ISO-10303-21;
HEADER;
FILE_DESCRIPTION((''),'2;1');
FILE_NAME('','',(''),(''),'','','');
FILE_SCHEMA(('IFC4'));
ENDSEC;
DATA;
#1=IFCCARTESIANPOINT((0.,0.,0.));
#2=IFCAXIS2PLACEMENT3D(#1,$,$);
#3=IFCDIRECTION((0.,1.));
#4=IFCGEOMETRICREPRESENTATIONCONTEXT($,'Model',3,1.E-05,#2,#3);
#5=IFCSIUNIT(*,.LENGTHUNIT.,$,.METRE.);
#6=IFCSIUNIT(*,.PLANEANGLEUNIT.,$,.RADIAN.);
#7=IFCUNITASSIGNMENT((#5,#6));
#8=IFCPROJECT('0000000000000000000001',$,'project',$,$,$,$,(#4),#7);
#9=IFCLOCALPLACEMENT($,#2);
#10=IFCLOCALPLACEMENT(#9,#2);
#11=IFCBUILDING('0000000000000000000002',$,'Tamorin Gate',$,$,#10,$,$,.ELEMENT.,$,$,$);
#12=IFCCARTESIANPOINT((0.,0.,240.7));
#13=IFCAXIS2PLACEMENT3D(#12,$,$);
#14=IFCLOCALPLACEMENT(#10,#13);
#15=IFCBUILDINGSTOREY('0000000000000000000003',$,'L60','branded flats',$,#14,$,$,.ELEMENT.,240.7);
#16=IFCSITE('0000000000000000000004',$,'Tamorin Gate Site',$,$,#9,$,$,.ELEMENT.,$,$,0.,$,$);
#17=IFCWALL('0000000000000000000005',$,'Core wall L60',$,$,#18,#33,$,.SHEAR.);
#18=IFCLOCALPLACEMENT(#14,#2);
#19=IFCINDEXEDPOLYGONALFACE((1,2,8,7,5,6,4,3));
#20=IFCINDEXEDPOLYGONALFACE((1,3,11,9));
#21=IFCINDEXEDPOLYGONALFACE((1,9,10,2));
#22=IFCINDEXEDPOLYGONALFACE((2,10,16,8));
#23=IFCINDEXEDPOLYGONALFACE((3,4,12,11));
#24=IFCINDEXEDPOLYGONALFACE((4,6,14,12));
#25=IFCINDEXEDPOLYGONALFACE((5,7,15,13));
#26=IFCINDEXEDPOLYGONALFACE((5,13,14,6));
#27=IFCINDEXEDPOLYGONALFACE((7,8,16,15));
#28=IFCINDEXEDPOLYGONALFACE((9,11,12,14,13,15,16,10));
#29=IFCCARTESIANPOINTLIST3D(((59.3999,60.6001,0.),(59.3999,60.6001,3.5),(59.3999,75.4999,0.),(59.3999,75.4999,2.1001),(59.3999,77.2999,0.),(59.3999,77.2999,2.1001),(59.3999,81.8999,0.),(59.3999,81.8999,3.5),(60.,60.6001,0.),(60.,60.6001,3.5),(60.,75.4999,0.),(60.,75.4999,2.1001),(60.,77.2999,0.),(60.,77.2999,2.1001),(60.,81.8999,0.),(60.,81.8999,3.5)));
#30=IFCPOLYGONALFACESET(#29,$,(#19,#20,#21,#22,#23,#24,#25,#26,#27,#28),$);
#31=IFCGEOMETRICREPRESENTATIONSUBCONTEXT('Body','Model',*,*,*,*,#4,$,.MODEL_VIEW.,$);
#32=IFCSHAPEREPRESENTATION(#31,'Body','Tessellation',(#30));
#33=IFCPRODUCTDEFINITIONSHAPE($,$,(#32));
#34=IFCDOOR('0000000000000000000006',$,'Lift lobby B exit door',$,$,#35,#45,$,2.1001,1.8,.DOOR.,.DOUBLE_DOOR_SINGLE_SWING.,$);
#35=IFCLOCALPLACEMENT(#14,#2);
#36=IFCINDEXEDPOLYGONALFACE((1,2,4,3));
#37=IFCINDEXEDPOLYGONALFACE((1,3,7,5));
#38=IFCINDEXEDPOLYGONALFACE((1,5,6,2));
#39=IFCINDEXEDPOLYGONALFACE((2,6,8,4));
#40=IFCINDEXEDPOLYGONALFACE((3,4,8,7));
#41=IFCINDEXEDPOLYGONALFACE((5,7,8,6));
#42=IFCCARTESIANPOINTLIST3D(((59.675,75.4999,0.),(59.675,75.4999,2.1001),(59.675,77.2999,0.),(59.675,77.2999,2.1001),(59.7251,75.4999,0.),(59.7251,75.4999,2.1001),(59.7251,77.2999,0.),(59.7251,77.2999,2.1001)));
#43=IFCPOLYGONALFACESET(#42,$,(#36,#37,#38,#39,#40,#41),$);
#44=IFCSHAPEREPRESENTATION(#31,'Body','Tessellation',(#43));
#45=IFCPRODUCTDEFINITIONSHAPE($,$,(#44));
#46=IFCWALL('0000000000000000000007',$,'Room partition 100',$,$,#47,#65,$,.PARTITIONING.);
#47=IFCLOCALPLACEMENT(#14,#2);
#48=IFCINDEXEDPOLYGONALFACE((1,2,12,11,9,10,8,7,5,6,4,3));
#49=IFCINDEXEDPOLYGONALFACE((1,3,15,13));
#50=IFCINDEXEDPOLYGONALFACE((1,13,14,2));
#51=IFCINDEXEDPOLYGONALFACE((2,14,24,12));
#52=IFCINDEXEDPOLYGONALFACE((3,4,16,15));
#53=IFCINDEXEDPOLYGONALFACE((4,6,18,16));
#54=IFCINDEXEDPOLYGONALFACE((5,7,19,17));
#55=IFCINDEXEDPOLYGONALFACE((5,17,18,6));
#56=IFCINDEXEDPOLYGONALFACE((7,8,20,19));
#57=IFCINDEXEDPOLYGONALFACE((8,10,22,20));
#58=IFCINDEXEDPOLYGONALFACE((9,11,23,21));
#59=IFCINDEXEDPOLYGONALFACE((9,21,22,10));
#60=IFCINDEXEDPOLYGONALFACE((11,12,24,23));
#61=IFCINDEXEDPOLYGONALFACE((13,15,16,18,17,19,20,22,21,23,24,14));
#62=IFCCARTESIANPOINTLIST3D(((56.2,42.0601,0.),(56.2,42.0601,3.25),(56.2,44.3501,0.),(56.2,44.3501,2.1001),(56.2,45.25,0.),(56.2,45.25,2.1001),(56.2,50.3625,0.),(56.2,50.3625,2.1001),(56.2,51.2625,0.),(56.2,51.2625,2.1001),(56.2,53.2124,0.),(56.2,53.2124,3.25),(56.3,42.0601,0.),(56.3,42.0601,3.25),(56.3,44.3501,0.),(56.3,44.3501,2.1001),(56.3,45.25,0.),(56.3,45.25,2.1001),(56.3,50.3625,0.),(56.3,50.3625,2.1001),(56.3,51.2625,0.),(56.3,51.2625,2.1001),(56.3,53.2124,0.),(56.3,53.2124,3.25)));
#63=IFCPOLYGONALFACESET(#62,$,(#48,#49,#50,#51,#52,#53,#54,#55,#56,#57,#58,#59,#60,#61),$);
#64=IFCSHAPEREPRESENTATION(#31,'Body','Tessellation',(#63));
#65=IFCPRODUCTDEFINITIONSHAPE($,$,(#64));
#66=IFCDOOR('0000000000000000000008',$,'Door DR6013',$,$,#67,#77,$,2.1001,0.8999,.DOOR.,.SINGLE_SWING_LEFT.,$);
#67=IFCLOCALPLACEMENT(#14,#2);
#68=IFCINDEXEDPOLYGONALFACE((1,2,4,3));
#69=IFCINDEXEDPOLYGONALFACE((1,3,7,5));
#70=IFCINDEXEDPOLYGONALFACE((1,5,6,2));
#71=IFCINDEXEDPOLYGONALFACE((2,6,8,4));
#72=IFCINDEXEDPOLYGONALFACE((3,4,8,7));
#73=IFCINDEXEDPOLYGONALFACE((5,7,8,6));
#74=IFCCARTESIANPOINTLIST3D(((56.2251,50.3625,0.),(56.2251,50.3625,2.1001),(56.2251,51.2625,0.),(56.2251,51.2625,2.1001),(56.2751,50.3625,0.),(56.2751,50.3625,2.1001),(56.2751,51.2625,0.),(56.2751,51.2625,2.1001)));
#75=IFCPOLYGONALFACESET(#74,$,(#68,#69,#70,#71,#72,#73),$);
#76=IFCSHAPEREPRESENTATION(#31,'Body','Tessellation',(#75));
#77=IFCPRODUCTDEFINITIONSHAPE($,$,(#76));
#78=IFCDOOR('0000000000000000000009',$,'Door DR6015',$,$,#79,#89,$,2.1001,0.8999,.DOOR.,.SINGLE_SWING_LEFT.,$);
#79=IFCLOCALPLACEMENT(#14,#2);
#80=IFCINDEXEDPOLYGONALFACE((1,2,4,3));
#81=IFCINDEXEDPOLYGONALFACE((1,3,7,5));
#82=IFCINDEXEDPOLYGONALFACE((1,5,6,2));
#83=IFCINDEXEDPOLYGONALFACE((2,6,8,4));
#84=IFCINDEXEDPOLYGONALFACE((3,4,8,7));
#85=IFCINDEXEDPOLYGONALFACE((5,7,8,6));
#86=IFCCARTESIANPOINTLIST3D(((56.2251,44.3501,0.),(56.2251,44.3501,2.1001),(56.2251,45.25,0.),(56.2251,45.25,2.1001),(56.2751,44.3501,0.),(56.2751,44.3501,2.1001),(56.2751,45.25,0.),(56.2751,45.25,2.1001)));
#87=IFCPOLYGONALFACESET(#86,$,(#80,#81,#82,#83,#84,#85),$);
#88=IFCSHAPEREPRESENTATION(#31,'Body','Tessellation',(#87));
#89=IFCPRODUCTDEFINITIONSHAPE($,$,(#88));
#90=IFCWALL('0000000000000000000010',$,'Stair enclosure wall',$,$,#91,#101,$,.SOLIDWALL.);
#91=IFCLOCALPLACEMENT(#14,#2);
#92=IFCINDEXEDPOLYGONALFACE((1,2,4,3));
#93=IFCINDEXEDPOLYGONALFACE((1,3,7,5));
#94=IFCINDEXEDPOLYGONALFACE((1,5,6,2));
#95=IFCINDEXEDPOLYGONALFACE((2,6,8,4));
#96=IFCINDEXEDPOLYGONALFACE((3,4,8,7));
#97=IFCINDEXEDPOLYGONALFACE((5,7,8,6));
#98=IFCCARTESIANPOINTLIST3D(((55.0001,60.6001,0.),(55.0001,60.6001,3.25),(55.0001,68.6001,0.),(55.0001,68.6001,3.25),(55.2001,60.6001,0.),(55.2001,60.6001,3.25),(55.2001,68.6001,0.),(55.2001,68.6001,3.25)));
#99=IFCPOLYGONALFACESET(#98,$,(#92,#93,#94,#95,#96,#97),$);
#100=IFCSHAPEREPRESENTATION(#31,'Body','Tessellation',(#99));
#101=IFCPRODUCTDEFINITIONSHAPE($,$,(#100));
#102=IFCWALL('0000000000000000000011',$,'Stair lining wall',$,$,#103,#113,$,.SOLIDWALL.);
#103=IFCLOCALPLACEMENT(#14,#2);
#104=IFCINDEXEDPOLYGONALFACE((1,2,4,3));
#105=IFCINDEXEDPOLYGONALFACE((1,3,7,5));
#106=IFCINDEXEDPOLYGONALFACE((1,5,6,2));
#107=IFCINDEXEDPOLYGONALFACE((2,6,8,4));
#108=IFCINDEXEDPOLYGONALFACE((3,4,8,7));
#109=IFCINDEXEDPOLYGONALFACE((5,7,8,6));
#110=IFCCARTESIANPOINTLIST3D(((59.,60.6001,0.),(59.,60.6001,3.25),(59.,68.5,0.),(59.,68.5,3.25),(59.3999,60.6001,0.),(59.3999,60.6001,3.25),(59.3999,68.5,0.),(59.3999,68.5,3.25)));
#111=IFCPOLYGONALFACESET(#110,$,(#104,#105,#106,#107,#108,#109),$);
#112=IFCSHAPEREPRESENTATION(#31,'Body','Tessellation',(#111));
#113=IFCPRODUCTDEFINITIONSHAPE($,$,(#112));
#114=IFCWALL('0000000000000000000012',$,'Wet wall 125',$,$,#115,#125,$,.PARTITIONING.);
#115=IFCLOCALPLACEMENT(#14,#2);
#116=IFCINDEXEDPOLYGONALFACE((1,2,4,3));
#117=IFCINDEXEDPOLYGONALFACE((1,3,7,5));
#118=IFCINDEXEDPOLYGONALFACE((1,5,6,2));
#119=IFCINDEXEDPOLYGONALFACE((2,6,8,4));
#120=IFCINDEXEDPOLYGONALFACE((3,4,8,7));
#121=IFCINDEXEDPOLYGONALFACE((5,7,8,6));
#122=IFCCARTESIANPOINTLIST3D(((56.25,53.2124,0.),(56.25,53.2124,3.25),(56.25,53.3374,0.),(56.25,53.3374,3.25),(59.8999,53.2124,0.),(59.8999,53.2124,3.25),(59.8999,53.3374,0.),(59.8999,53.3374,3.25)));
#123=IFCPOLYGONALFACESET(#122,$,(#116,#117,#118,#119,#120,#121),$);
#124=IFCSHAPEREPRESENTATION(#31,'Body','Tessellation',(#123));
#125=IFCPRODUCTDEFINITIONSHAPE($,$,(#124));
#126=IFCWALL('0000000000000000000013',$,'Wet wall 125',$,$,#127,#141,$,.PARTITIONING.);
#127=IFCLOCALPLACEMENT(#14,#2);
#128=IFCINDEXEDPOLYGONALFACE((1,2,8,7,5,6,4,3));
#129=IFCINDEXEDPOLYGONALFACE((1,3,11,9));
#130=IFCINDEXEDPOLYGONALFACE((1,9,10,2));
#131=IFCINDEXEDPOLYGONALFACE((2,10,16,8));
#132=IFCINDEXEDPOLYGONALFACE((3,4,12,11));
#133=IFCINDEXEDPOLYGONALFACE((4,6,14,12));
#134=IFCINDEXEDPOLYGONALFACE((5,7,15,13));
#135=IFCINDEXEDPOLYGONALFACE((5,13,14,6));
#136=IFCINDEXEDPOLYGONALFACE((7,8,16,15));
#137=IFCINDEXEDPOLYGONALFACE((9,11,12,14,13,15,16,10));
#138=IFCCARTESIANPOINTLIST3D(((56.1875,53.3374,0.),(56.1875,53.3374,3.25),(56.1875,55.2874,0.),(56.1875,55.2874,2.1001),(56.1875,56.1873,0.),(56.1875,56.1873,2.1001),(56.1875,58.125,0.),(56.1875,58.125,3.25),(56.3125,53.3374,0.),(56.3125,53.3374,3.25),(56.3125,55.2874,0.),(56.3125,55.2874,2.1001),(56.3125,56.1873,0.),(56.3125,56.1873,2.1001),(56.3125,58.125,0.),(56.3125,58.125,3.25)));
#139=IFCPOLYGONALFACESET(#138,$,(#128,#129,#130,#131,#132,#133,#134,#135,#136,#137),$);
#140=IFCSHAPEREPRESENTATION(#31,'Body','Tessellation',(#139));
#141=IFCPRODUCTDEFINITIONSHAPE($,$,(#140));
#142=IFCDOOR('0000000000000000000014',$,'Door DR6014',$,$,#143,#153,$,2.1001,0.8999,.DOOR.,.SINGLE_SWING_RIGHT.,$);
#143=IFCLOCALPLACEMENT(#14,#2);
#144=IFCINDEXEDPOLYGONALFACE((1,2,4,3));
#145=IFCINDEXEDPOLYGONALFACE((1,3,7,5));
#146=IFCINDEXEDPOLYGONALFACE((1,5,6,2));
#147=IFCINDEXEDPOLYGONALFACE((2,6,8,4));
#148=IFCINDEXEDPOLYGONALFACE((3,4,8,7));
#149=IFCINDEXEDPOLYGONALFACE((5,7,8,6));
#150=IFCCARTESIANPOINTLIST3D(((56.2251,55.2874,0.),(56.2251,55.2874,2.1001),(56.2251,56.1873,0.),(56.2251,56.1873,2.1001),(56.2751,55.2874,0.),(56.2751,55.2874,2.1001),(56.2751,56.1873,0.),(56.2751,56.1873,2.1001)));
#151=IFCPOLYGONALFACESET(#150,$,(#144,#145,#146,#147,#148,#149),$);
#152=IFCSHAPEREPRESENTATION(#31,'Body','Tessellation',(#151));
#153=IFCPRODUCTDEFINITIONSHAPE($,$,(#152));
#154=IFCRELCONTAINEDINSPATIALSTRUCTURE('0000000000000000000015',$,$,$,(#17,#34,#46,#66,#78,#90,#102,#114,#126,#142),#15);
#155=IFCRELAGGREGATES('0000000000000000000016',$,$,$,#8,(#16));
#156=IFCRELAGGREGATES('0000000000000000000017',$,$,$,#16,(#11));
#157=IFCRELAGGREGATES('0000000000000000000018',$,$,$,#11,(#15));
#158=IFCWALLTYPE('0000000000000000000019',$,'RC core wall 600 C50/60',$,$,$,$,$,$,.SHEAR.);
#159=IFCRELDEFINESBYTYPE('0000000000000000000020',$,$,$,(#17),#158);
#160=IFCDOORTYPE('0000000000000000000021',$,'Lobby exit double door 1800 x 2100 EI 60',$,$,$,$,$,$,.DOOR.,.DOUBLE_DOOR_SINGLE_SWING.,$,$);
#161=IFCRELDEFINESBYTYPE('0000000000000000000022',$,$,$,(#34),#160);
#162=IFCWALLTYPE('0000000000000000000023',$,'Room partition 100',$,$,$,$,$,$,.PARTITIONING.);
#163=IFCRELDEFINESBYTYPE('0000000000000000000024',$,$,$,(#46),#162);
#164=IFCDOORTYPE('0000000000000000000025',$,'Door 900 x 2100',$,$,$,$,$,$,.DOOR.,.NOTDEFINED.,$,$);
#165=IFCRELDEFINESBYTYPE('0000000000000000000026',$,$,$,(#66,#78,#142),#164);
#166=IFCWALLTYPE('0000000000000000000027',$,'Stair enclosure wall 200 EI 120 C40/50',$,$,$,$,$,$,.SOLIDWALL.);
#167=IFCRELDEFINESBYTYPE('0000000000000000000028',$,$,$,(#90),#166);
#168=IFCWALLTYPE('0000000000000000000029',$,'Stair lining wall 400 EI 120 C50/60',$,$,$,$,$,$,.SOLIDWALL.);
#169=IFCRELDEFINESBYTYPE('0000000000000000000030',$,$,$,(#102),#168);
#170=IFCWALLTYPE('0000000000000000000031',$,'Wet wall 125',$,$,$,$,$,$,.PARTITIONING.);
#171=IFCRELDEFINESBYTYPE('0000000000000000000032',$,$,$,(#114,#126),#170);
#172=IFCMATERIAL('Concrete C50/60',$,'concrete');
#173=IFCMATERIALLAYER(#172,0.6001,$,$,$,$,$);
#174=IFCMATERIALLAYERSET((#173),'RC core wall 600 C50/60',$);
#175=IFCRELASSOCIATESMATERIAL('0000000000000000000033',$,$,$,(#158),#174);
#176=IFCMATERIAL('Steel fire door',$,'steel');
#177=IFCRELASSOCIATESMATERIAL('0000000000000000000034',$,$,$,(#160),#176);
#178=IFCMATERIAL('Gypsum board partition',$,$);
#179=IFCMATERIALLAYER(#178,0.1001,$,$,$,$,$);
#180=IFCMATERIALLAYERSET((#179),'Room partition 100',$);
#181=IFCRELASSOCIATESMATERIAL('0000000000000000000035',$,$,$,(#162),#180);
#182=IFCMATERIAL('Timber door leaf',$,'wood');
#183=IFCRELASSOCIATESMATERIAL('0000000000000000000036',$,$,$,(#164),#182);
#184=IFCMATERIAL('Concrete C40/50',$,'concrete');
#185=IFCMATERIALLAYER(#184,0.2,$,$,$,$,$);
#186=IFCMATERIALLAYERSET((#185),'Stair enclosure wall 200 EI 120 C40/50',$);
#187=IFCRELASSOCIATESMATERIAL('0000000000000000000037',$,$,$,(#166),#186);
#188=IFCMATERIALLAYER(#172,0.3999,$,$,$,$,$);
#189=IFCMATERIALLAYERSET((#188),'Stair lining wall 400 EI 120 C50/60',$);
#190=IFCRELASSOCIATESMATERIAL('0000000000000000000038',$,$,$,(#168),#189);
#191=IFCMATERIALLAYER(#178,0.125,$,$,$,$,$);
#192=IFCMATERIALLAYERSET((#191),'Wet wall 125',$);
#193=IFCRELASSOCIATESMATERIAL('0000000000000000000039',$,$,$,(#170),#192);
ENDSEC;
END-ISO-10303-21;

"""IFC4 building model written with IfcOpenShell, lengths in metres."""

from ifc_helpers import new_model, si_unit, direction, frame, frame_2d, origin, place, context, subcontext, project, spatial, rectangle, extrude, material, layer, layer_set, type_object, element, fill, save


model = new_model("IFC4")

# Units and contexts
model_context = context("Model", 3, precision=1e-05, world=origin(), true_north=direction((0.0, 1.0)))
body_context = subcontext(model_context, "Body", "Model", "MODEL_VIEW")
ifc_project = project(units=[si_unit("LENGTHUNIT", "METRE"), si_unit("PLANEANGLEUNIT", "RADIAN")], contexts=[model_context])

# Site, building, storey
site_placement = place(None, origin())
site = spatial("IfcSite", under=ifc_project, at=site_placement, Name="Tamorin Gate Site", CompositionType="ELEMENT", RefElevation=0.0)
building_placement = place(site_placement, origin())
building = spatial("IfcBuilding", under=site, at=building_placement, Name="Tamorin Gate", CompositionType="ELEMENT")
storey_placement = place(building_placement, frame((0.0, 0.0, 240.7)))
storey = spatial("IfcBuildingStorey", under=building, at=storey_placement, Name="L60", Description="branded flats", CompositionType="ELEMENT", Elevation=240.7)

# Shared definitions
ifc_material_1 = material(Name="Concrete C50/60", Category="concrete")

# Shared definitions
ifc_material_2 = material(Name="Gypsum board partition")

# Wall, opening, door
ifc_layer_1 = layer(ifc_material_1, 0.6001)
ifc_layer_set_1 = layer_set([ifc_layer_1], Name="RC core wall 600 C50/60")
wall_type_1 = type_object("IfcWallType", Name="RC core wall 600 C50/60", PredefinedType="SHEAR", material=ifc_layer_set_1)
wall_1_placement = place(storey_placement, frame((59.7, 60.6001, 0.0), z_axis=(0.0, 0.0, 1.0), x_axis=(0.0, 1.0, 0.0)))
wall_1 = element("IfcWall", 1, at=wall_1_placement, inside=storey, type_object=wall_type_1, Name="Core wall L60", PredefinedType="SHEAR", context=body_context, shape_type="SweptSolid", body=[
    extrude(rectangle(XDim=21.2998, YDim=0.6001, at=frame_2d((10.6499, 0.0))), origin(), (0.0, 0.0, 1.0), 3.5),
])
opening_1_placement = place(wall_1_placement, frame((14.8999, 0.0, 0.0)))
opening_1 = element("IfcOpeningElement", 2, at=opening_1_placement, cuts=wall_1, PredefinedType="OPENING", context=body_context, shape_type="SweptSolid", body=[
    extrude(rectangle(XDim=1.8, YDim=2.1001, at=frame_2d((0.8999, 1.05))), frame((0.0, 0.3101, 0.0), z_axis=(0.0, -1.0, 0.0), x_axis=(1.0, 0.0, 0.0)), (0.0, 0.0, 1.0), 0.6201),
])
ifc_material_3 = material(Name="Steel fire door", Category="steel")
door_type_1 = type_object("IfcDoorType", Name="Lobby exit double door 1800 x 2100 EI 60", OperationType="DOUBLE_DOOR_SINGLE_SWING", PredefinedType="DOOR", material=ifc_material_3)
door_1_placement = place(opening_1_placement, origin())
door_1 = element("IfcDoor", 3, at=door_1_placement, inside=storey, type_object=door_type_1, Name="Lift lobby B exit door", OperationType="DOUBLE_DOOR_SINGLE_SWING", OverallHeight=2.1001, OverallWidth=1.8, PredefinedType="DOOR", context=body_context, shape_type="SweptSolid", body=[
    extrude(rectangle(XDim=1.8, YDim=2.1001, at=frame_2d((0.8999, 1.05))), frame((0.0, 0.0249, 0.0), z_axis=(0.0, -1.0, 0.0), x_axis=(1.0, 0.0, 0.0)), (0.0, 0.0, 1.0), 0.05),
])
fill(opening_1, door_1)

# Wall, openings, doors
ifc_layer_2 = layer(ifc_material_2, 0.1001)
ifc_layer_set_2 = layer_set([ifc_layer_2], Name="Room partition 100")
wall_type_2 = type_object("IfcWallType", Name="Room partition 100", PredefinedType="PARTITIONING", material=ifc_layer_set_2)
wall_2_placement = place(storey_placement, frame((56.25, 42.0601, 0.0), z_axis=(0.0, 0.0, 1.0), x_axis=(0.0, 1.0, 0.0)))
wall_2 = element("IfcWall", 4, at=wall_2_placement, inside=storey, type_object=wall_type_2, Name="Room partition 100", PredefinedType="PARTITIONING", context=body_context, shape_type="SweptSolid", body=[
    extrude(rectangle(XDim=11.1523, YDim=0.1001, at=frame_2d((5.5762, 0.0))), origin(), (0.0, 0.0, 1.0), 3.25),
])
opening_2_placement = place(wall_2_placement, frame((8.3025, 0.0, 0.0)))
opening_2 = element("IfcOpeningElement", 5, at=opening_2_placement, cuts=wall_2, PredefinedType="OPENING", context=body_context, shape_type="SweptSolid", body=[
    extrude(rectangle(XDim=0.8999, YDim=2.1001, at=frame_2d((0.45, 1.05))), frame((0.0, 0.0601, 0.0), z_axis=(0.0, -1.0, 0.0), x_axis=(1.0, 0.0, 0.0)), (0.0, 0.0, 1.0), 0.1201),
])
opening_3_placement = place(wall_2_placement, frame((2.29, 0.0, 0.0)))
opening_3 = element("IfcOpeningElement", 6, at=opening_3_placement, cuts=wall_2, PredefinedType="OPENING", context=body_context, shape_type="SweptSolid", body=[
    extrude(rectangle(XDim=0.8999, YDim=2.1001, at=frame_2d((0.45, 1.05))), frame((0.0, 0.0601, 0.0), z_axis=(0.0, -1.0, 0.0), x_axis=(1.0, 0.0, 0.0)), (0.0, 0.0, 1.0), 0.1201),
])
ifc_material_4 = material(Name="Timber door leaf", Category="wood")
door_type_2 = type_object("IfcDoorType", Name="Door 900 x 2100", OperationType="NOTDEFINED", PredefinedType="DOOR", material=ifc_material_4)
door_2_placement = place(opening_2_placement, origin())
door_2 = element("IfcDoor", 7, at=door_2_placement, inside=storey, type_object=door_type_2, Name="Door DR6013", OperationType="SINGLE_SWING_LEFT", OverallHeight=2.1001, OverallWidth=0.8999, PredefinedType="DOOR", context=body_context, shape_type="SweptSolid", body=[
    extrude(rectangle(XDim=0.8999, YDim=2.1001, at=frame_2d((0.45, 1.05))), frame((0.0, 0.0249, 0.0), z_axis=(0.0, -1.0, 0.0), x_axis=(1.0, 0.0, 0.0)), (0.0, 0.0, 1.0), 0.05),
])
fill(opening_2, door_2)
door_3_placement = place(opening_3_placement, origin())
door_3 = element("IfcDoor", 8, at=door_3_placement, inside=storey, type_object=door_type_2, Name="Door DR6015", OperationType="SINGLE_SWING_LEFT", OverallHeight=2.1001, OverallWidth=0.8999, PredefinedType="DOOR", context=body_context, shape_type="SweptSolid", body=[
    extrude(rectangle(XDim=0.8999, YDim=2.1001, at=frame_2d((0.45, 1.05))), frame((0.0, 0.0249, 0.0), z_axis=(0.0, -1.0, 0.0), x_axis=(1.0, 0.0, 0.0)), (0.0, 0.0, 1.0), 0.05),
])
fill(opening_3, door_3)

# Walls
ifc_material_5 = material(Name="Concrete C40/50", Category="concrete")
ifc_layer_3 = layer(ifc_material_5, 0.2)
ifc_layer_set_3 = layer_set([ifc_layer_3], Name="Stair enclosure wall 200 EI 120 C40/50")
wall_type_3 = type_object("IfcWallType", Name="Stair enclosure wall 200 EI 120 C40/50", PredefinedType="SOLIDWALL", material=ifc_layer_set_3)
wall_3_placement = place(storey_placement, frame((55.1001, 60.6001, 0.0), z_axis=(0.0, 0.0, 1.0), x_axis=(0.0, 1.0, 0.0)))
element("IfcWall", 9, at=wall_3_placement, inside=storey, type_object=wall_type_3, Name="Stair enclosure wall", PredefinedType="SOLIDWALL", context=body_context, shape_type="SweptSolid", body=[
    extrude(rectangle(XDim=8.0, YDim=0.2, at=frame_2d((4.0, 0.0))), origin(), (0.0, 0.0, 1.0), 3.25),
])
ifc_layer_4 = layer(ifc_material_1, 0.3999)
ifc_layer_set_4 = layer_set([ifc_layer_4], Name="Stair lining wall 400 EI 120 C50/60")
wall_type_4 = type_object("IfcWallType", Name="Stair lining wall 400 EI 120 C50/60", PredefinedType="SOLIDWALL", material=ifc_layer_set_4)
wall_4_placement = place(storey_placement, frame((59.2, 60.6001, 0.0), z_axis=(0.0, 0.0, 1.0), x_axis=(0.0, 1.0, 0.0)))
element("IfcWall", 10, at=wall_4_placement, inside=storey, type_object=wall_type_4, Name="Stair lining wall", PredefinedType="SOLIDWALL", context=body_context, shape_type="SweptSolid", body=[
    extrude(rectangle(XDim=7.8999, YDim=0.3999, at=frame_2d((3.95, 0.0))), origin(), (0.0, 0.0, 1.0), 3.25),
])
ifc_layer_5 = layer(ifc_material_2, 0.125)
ifc_layer_set_5 = layer_set([ifc_layer_5], Name="Wet wall 125")
wall_type_5 = type_object("IfcWallType", Name="Wet wall 125", PredefinedType="PARTITIONING", material=ifc_layer_set_5)
wall_5_placement = place(storey_placement, frame((56.25, 53.2749, 0.0), z_axis=(0.0, 0.0, 1.0), x_axis=(1.0, 0.0, 0.0)))
element("IfcWall", 11, at=wall_5_placement, inside=storey, type_object=wall_type_5, Name="Wet wall 125", PredefinedType="PARTITIONING", context=body_context, shape_type="SweptSolid", body=[
    extrude(rectangle(XDim=3.6499, YDim=0.125, at=frame_2d((1.825, 0.0))), origin(), (0.0, 0.0, 1.0), 3.25),
])

# Wall, opening, door
wall_6_placement = place(storey_placement, frame((56.25, 53.3374, 0.0), z_axis=(0.0, 0.0, 1.0), x_axis=(0.0, 1.0, 0.0)))
wall_6 = element("IfcWall", 12, at=wall_6_placement, inside=storey, type_object=wall_type_5, Name="Wet wall 125", PredefinedType="PARTITIONING", context=body_context, shape_type="SweptSolid", body=[
    extrude(rectangle(XDim=4.7876, YDim=0.125, at=frame_2d((2.3938, 0.0))), origin(), (0.0, 0.0, 1.0), 3.25),
])
opening_4_placement = place(wall_6_placement, frame((1.95, 0.0, 0.0)))
opening_4 = element("IfcOpeningElement", 13, at=opening_4_placement, cuts=wall_6, PredefinedType="OPENING", context=body_context, shape_type="SweptSolid", body=[
    extrude(rectangle(XDim=0.8999, YDim=2.1001, at=frame_2d((0.45, 1.05))), frame((0.0, 0.0725, 0.0), z_axis=(0.0, -1.0, 0.0), x_axis=(1.0, 0.0, 0.0)), (0.0, 0.0, 1.0), 0.145),
])
door_4_placement = place(opening_4_placement, origin())
door_4 = element("IfcDoor", 14, at=door_4_placement, inside=storey, type_object=door_type_2, Name="Door DR6014", OperationType="SINGLE_SWING_RIGHT", OverallHeight=2.1001, OverallWidth=0.8999, PredefinedType="DOOR", context=body_context, shape_type="SweptSolid", body=[
    extrude(rectangle(XDim=0.8999, YDim=2.1001, at=frame_2d((0.45, 1.05))), frame((0.0, 0.0249, 0.0), z_axis=(0.0, -1.0, 0.0), x_axis=(1.0, 0.0, 0.0)), (0.0, 0.0, 1.0), 0.05),
])
fill(opening_4, door_4)

save(model, "model.ifc")
